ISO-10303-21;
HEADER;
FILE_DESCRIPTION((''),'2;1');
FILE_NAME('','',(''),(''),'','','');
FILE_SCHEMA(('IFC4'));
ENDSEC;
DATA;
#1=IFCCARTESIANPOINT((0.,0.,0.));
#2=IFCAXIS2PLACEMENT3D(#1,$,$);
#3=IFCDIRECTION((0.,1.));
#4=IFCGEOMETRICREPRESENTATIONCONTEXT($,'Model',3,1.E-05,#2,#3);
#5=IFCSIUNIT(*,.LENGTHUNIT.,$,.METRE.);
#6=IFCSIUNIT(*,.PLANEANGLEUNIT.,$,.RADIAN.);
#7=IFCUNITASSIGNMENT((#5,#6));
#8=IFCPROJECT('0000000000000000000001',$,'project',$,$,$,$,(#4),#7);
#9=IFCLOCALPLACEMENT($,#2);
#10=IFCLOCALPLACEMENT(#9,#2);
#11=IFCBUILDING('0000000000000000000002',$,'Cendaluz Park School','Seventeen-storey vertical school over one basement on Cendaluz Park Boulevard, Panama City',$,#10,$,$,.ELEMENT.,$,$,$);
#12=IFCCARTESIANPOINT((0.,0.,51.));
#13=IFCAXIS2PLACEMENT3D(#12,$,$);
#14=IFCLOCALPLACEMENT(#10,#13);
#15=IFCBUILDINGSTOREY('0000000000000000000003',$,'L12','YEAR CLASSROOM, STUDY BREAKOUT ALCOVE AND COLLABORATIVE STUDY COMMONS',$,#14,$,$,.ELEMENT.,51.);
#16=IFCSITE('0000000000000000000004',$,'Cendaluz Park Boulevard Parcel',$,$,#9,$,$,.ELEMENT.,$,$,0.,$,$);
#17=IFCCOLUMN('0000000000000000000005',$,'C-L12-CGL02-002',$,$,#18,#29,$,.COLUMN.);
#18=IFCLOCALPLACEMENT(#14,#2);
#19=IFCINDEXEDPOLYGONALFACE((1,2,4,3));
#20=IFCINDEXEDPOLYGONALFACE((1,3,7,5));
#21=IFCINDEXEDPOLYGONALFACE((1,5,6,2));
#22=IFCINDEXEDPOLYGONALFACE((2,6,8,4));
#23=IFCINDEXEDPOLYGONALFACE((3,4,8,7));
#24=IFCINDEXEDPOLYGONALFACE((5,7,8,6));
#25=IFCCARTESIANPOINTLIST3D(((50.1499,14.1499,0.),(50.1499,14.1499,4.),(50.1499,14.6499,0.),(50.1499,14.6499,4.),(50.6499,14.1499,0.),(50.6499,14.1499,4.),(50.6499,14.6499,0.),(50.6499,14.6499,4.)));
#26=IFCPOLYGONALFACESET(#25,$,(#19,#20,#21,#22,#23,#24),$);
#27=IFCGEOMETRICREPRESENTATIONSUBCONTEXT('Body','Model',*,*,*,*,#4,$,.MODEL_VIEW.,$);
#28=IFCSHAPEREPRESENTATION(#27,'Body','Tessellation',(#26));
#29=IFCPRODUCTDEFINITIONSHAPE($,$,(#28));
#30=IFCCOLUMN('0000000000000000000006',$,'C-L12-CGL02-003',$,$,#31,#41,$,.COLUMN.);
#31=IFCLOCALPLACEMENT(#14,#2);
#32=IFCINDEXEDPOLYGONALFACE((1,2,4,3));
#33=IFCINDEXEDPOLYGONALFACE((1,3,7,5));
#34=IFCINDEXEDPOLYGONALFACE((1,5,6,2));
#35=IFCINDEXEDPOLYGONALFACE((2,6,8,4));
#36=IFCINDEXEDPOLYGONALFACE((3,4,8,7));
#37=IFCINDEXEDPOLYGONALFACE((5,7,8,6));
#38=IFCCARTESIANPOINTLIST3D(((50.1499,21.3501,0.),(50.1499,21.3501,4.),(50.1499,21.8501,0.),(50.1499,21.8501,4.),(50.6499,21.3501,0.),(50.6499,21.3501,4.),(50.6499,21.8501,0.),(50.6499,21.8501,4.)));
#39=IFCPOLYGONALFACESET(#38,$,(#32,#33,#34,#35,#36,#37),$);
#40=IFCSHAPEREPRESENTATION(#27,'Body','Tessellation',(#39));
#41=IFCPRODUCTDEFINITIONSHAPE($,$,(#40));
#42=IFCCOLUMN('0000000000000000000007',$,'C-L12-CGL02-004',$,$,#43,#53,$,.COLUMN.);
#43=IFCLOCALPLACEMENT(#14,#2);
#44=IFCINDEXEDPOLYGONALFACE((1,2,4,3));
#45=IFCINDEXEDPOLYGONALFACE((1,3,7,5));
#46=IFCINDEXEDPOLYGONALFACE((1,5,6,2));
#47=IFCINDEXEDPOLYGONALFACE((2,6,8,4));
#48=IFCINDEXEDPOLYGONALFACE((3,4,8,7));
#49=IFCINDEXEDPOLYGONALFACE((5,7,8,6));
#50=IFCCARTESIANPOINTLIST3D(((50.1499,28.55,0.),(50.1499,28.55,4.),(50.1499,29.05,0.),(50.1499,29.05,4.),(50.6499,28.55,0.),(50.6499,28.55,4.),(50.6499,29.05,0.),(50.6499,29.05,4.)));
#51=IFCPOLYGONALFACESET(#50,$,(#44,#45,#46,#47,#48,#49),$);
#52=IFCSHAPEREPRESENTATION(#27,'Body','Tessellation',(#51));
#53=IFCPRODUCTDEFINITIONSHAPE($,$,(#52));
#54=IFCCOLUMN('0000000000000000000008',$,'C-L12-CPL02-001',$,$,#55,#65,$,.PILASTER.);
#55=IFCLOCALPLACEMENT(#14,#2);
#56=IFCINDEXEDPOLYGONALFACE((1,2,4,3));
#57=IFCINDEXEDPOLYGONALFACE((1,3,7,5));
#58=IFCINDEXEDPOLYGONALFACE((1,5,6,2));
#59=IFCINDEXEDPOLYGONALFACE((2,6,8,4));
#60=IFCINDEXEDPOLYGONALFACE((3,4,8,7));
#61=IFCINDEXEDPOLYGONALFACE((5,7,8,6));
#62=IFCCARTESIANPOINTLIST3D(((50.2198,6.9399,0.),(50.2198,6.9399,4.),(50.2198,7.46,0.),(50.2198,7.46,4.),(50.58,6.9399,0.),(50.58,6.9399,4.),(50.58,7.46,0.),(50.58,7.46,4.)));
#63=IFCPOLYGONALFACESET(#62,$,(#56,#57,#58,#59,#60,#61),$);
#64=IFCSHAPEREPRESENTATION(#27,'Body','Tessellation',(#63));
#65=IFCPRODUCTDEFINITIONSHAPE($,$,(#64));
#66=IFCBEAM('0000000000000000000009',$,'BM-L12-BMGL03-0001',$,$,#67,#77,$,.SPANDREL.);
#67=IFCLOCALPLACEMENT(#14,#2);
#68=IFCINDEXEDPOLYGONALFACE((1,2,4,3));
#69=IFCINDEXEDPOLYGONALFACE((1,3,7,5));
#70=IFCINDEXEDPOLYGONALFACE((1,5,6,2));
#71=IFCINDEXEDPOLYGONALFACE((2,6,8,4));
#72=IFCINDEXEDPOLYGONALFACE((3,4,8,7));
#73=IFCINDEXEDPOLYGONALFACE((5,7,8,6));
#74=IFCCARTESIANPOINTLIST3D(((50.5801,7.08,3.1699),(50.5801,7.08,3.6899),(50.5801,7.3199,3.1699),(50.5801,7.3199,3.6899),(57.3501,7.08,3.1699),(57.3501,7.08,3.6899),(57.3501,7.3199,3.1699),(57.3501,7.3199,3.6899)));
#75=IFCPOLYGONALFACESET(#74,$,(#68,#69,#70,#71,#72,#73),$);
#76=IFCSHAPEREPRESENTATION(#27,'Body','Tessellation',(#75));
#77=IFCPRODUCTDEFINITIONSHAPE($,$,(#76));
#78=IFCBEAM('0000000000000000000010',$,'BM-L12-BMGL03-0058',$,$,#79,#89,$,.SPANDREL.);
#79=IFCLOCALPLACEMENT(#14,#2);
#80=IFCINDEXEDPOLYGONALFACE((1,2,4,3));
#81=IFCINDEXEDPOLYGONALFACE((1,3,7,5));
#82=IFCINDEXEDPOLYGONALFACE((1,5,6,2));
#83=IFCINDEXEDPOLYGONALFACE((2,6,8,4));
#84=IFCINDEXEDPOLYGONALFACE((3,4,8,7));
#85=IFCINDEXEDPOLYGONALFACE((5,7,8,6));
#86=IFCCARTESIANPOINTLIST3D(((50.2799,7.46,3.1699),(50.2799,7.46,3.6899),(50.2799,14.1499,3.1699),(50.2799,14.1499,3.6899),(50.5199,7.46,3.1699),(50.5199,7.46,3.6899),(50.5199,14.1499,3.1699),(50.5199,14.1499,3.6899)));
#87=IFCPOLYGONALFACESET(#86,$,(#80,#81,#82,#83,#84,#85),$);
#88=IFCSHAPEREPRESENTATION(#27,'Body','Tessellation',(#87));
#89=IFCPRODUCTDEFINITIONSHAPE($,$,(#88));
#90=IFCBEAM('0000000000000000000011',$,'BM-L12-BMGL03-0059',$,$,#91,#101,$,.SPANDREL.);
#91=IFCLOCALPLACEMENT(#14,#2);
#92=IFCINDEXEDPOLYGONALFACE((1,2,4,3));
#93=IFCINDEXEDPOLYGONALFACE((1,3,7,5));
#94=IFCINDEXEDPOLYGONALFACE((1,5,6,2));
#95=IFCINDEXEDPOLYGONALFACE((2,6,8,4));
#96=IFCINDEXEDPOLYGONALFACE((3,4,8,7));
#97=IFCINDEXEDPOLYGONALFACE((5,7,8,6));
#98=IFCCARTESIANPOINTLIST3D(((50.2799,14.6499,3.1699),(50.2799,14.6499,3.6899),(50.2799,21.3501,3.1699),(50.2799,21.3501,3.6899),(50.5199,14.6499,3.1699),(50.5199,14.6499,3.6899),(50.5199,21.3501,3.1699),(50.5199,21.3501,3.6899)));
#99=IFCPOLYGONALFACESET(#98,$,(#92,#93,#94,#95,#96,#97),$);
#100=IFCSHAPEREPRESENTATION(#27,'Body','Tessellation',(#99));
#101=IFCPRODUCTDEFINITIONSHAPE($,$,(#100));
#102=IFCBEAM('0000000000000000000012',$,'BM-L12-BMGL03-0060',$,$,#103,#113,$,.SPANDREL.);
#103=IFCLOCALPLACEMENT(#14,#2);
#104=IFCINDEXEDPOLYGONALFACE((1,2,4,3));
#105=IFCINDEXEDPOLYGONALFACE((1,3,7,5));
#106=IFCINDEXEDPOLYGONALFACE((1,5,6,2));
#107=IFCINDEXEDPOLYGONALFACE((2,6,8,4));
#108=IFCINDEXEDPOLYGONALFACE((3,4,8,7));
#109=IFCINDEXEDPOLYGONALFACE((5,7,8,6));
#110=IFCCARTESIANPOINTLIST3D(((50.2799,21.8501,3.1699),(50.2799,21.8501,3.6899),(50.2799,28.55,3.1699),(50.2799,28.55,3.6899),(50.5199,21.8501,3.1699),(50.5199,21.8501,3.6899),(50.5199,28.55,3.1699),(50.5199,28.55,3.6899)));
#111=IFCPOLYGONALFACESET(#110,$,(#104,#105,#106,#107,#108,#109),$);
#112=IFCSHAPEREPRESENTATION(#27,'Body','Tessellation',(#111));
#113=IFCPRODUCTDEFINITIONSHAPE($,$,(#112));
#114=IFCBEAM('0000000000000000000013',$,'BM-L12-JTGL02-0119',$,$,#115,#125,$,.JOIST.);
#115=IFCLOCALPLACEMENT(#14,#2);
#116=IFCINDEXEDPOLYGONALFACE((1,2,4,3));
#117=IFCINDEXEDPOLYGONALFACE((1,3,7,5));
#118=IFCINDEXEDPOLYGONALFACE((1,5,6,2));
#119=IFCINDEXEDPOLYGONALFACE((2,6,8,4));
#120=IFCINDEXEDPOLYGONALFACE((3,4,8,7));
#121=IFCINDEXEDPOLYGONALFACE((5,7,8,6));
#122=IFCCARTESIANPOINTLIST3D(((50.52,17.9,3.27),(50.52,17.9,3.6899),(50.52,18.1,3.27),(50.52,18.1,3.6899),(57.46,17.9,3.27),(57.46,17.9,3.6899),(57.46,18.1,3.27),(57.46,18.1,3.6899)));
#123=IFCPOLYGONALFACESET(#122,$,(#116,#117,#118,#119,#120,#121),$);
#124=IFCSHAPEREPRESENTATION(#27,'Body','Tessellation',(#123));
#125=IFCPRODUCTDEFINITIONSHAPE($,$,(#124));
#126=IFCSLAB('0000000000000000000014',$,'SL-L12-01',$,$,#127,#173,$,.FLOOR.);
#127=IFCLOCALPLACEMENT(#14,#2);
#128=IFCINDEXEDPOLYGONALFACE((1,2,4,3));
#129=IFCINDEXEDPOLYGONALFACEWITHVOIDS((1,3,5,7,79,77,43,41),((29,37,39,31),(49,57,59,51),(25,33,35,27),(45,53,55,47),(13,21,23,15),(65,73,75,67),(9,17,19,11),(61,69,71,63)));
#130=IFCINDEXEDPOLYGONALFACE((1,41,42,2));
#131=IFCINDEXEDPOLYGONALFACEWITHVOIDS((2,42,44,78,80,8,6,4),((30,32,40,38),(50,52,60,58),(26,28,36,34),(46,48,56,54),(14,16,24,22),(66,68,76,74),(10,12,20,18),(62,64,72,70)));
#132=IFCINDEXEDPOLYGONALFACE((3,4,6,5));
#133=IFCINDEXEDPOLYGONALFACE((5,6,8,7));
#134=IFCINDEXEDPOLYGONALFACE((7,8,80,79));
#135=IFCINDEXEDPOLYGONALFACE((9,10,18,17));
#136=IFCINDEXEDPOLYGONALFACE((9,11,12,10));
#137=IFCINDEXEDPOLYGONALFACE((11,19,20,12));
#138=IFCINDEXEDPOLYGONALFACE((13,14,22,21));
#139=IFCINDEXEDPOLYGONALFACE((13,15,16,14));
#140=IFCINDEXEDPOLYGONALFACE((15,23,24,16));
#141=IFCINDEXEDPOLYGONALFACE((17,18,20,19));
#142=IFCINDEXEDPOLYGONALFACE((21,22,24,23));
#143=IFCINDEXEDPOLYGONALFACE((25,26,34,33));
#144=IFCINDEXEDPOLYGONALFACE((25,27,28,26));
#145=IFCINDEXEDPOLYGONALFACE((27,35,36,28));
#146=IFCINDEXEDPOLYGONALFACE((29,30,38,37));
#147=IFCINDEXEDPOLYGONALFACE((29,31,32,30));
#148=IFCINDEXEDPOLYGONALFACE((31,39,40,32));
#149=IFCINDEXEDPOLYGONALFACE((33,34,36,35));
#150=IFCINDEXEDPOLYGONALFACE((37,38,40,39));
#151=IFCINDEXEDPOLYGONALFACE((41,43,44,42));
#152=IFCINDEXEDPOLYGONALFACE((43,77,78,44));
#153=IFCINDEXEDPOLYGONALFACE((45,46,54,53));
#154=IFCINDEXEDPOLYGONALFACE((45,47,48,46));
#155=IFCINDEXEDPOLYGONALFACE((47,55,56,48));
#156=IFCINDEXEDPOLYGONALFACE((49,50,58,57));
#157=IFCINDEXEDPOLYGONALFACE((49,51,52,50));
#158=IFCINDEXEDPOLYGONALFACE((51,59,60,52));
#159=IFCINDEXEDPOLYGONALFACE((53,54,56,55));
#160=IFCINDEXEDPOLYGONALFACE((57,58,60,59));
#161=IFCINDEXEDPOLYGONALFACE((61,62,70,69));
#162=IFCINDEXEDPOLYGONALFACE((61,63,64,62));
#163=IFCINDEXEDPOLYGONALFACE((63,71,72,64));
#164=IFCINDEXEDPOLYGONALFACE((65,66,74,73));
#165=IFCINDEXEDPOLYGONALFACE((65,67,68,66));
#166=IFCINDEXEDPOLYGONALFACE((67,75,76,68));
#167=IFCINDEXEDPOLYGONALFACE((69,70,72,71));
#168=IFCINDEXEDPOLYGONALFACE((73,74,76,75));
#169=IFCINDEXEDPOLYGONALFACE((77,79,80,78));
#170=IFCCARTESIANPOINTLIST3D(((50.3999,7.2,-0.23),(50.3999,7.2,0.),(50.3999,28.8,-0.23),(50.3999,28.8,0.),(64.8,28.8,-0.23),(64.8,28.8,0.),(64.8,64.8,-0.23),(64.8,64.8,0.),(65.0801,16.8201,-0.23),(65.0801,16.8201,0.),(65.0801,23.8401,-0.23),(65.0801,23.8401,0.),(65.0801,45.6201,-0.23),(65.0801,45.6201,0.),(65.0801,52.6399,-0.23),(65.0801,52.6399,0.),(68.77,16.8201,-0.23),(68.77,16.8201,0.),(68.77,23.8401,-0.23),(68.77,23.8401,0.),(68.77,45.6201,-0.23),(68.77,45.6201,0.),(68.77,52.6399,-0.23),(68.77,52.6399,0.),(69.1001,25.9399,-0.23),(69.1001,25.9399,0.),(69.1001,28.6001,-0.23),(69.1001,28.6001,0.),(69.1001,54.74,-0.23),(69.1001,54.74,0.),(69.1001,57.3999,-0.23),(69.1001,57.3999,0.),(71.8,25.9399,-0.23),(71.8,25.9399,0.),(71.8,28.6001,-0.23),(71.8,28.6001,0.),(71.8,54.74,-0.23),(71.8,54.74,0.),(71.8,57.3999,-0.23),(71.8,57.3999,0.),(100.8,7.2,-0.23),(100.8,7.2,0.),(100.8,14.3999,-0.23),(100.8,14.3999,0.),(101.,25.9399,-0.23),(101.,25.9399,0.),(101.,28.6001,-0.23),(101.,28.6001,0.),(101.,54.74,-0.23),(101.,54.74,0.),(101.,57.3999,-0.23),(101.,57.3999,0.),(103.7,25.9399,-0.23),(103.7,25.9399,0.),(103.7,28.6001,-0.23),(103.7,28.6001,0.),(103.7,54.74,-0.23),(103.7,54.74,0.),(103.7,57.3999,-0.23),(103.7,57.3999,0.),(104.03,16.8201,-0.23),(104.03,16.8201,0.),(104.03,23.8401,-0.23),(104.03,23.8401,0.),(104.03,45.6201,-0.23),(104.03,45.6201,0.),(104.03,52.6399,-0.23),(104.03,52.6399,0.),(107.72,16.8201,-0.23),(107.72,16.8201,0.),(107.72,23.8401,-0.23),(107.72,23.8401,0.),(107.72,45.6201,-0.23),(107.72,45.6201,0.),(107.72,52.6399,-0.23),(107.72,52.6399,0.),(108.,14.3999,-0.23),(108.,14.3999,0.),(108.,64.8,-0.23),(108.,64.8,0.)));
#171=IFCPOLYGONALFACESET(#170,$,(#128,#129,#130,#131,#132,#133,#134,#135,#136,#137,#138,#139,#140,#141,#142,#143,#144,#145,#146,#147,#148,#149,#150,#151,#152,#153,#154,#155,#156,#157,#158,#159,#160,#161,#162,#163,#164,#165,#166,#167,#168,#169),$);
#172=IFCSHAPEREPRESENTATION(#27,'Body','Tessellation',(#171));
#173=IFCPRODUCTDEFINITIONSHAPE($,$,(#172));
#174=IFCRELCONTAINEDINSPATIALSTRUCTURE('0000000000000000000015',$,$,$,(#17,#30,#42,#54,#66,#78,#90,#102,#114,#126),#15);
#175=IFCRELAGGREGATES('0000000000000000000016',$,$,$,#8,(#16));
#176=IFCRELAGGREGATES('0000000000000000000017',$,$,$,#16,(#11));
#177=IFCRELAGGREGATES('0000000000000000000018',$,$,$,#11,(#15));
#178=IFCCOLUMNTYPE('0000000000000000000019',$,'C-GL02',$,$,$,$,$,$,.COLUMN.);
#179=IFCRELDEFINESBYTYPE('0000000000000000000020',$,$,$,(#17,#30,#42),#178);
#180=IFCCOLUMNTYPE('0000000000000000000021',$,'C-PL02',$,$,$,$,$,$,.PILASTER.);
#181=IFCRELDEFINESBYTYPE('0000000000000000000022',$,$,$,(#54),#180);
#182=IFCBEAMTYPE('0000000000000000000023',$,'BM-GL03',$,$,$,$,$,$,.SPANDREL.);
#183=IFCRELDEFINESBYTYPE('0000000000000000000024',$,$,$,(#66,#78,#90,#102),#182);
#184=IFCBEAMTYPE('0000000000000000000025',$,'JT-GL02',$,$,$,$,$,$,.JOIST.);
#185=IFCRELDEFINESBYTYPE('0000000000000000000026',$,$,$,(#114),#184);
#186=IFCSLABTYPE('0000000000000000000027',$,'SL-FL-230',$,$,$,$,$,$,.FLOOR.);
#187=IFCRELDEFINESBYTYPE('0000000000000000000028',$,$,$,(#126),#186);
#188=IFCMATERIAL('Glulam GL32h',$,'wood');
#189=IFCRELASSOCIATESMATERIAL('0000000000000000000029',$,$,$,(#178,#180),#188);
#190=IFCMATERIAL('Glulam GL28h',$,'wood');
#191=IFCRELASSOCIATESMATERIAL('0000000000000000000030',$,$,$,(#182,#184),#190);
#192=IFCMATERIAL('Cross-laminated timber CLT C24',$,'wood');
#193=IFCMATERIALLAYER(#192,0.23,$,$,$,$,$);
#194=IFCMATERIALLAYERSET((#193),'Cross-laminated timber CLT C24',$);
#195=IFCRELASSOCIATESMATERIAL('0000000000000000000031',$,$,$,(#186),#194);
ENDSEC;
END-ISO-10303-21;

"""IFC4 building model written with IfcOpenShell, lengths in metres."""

from ifc_helpers import new_model, si_unit, direction, frame, origin, origin_2d, place, context, subcontext, project, spatial, polyline, rectangle, outline, extrude, material, layer, layer_set, material_profile, profile_set, type_object, element, save


model = new_model("IFC4")

# Units and contexts
model_context = context("Model", 3, precision=1e-05, world=origin(), true_north=direction((0.0, 1.0)))
body_context = subcontext(model_context, "Body", "Model", "MODEL_VIEW")
ifc_project = project(units=[si_unit("LENGTHUNIT", "METRE"), si_unit("PLANEANGLEUNIT", "RADIAN")], contexts=[model_context])

# Site, building, storey
site_placement = place(None, origin())
site = spatial("IfcSite", under=ifc_project, at=site_placement, Name="Cendaluz Park Boulevard Parcel", CompositionType="ELEMENT", RefElevation=0.0)
building_placement = place(site_placement, origin())
building = spatial("IfcBuilding", under=site, at=building_placement, Name="Cendaluz Park School", Description="Seventeen-storey vertical school over one basement on Cendaluz Park Boulevard, Panama City", CompositionType="ELEMENT")
storey_placement = place(building_placement, frame((0.0, 0.0, 51.0)))
storey = spatial("IfcBuildingStorey", under=building, at=storey_placement, Name="L12", Description="YEAR CLASSROOM, STUDY BREAKOUT ALCOVE AND COLLABORATIVE STUDY COMMONS", CompositionType="ELEMENT", Elevation=51.0)

# Columns
ifc_material_1 = material(Name="Glulam GL32h", Category="wood")
ifc_material_profile_1 = material_profile(ifc_material_1, rectangle(XDim=0.5, YDim=0.5, at=origin_2d()), Name="GL32h 500x500", Category="wood")
ifc_profile_set_1 = profile_set([ifc_material_profile_1], Name="Glulam GL32h")
column_type_1 = type_object("IfcColumnType", Name="C-GL02", PredefinedType="COLUMN", material=ifc_profile_set_1)
for number, where, z_axis, x_axis, name in (
    (1, (50.3999, 14.3999, 0.0), (0.0, 0.0, 1.0), (1.0, 0.0, 0.0), "C-L12-CGL02-002"),
    (2, (50.3999, 21.6001, 0.0), (0.0, 0.0, 1.0), (1.0, 0.0, 0.0), "C-L12-CGL02-003"),
    (3, (50.3999, 28.8, 0.0), (0.0, 0.0, 1.0), (1.0, 0.0, 0.0), "C-L12-CGL02-004"),
):
    element("IfcColumn", number, at=place(storey_placement, frame(where, z_axis=z_axis, x_axis=x_axis)), inside=storey, type_object=column_type_1, Name=name, PredefinedType="COLUMN", context=body_context, shape_type="SweptSolid", body=[
        extrude(rectangle(XDim=0.5, YDim=0.5, at=origin_2d()), origin(), (0.0, 0.0, 1.0), 4.0),
    ])
ifc_material_profile_2 = material_profile(ifc_material_1, rectangle(XDim=0.3601, YDim=0.52, at=origin_2d()), Name="GL32h 360x520", Category="wood")
ifc_profile_set_2 = profile_set([ifc_material_profile_2], Name="Glulam GL32h")
column_type_2 = type_object("IfcColumnType", Name="C-PL02", PredefinedType="PILASTER", material=ifc_profile_set_2)
column_placement = place(storey_placement, frame((50.3999, 7.2, 0.0), z_axis=(0.0, 0.0, 1.0), x_axis=(1.0, 0.0, 0.0)))
element("IfcColumn", 4, at=column_placement, inside=storey, type_object=column_type_2, Name="C-L12-CPL02-001", PredefinedType="PILASTER", context=body_context, shape_type="SweptSolid", body=[
    extrude(rectangle(XDim=0.3601, YDim=0.52, at=origin_2d()), origin(), (0.0, 0.0, 1.0), 4.0),
])

# Beams
ifc_material_2 = material(Name="Glulam GL28h", Category="wood")
ifc_material_profile_3 = material_profile(ifc_material_2, rectangle(XDim=0.24, YDim=0.52, at=origin_2d()), Name="GL28h 240x520", Category="wood")
ifc_profile_set_3 = profile_set([ifc_material_profile_3], Name="Glulam GL28h")
beam_type_1 = type_object("IfcBeamType", Name="BM-GL03", PredefinedType="SPANDREL", material=ifc_profile_set_3)
beam_1_placement = place(storey_placement, frame((50.5801, 7.2, 3.4299), z_axis=(1.0, 0.0, 0.0), x_axis=(0.0, 1.0, 0.0)))
element("IfcBeam", 5, at=beam_1_placement, inside=storey, type_object=beam_type_1, Name="BM-L12-BMGL03-0001", PredefinedType="SPANDREL", context=body_context, shape_type="SweptSolid", body=[
    extrude(rectangle(XDim=0.24, YDim=0.52, at=origin_2d()), origin(), (0.0, 0.0, 1.0), 6.77),
])
beam_2_placement = place(storey_placement, frame((50.3999, 7.46, 3.4299), z_axis=(0.0, 1.0, 0.0), x_axis=(-1.0, 0.0, 0.0)))
element("IfcBeam", 6, at=beam_2_placement, inside=storey, type_object=beam_type_1, Name="BM-L12-BMGL03-0058", PredefinedType="SPANDREL", context=body_context, shape_type="SweptSolid", body=[
    extrude(rectangle(XDim=0.24, YDim=0.52, at=origin_2d()), origin(), (0.0, 0.0, 1.0), 6.6899),
])
beam_3_placement = place(storey_placement, frame((50.3999, 14.6499, 3.4299), z_axis=(0.0, 1.0, 0.0), x_axis=(-1.0, 0.0, 0.0)))
element("IfcBeam", 7, at=beam_3_placement, inside=storey, type_object=beam_type_1, Name="BM-L12-BMGL03-0059", PredefinedType="SPANDREL", context=body_context, shape_type="SweptSolid", body=[
    extrude(rectangle(XDim=0.24, YDim=0.52, at=origin_2d()), origin(), (0.0, 0.0, 1.0), 6.7002),
])
beam_4_placement = place(storey_placement, frame((50.3999, 21.8501, 3.4299), z_axis=(0.0, 1.0, 0.0), x_axis=(-1.0, 0.0, 0.0)))
element("IfcBeam", 8, at=beam_4_placement, inside=storey, type_object=beam_type_1, Name="BM-L12-BMGL03-0060", PredefinedType="SPANDREL", context=body_context, shape_type="SweptSolid", body=[
    extrude(rectangle(XDim=0.24, YDim=0.52, at=origin_2d()), origin(), (0.0, 0.0, 1.0), 6.7),
])
ifc_material_profile_4 = material_profile(ifc_material_2, rectangle(XDim=0.2, YDim=0.4199, at=origin_2d()), Name="GL28h 200x420", Category="wood")
ifc_profile_set_4 = profile_set([ifc_material_profile_4], Name="Glulam GL28h")
beam_type_2 = type_object("IfcBeamType", Name="JT-GL02", PredefinedType="JOIST", material=ifc_profile_set_4)
beam_5_placement = place(storey_placement, frame((50.52, 18.0, 3.48), z_axis=(1.0, 0.0, 0.0), x_axis=(0.0, 1.0, 0.0)))
element("IfcBeam", 9, at=beam_5_placement, inside=storey, type_object=beam_type_2, Name="BM-L12-JTGL02-0119", PredefinedType="JOIST", context=body_context, shape_type="SweptSolid", body=[
    extrude(rectangle(XDim=0.2, YDim=0.4199, at=origin_2d()), origin(), (0.0, 0.0, 1.0), 6.9399),
])

# Slab
ifc_material_3 = material(Name="Cross-laminated timber CLT C24", Category="wood")
ifc_layer_1 = layer(ifc_material_3, 0.23)
ifc_layer_set_1 = layer_set([ifc_layer_1], Name="Cross-laminated timber CLT C24")
slab_type_1 = type_object("IfcSlabType", Name="SL-FL-230", PredefinedType="FLOOR", material=ifc_layer_set_1)
slab_1_placement = place(storey_placement, frame((0.0, 0.0, -0.23)))
element("IfcSlab", 10, at=slab_1_placement, inside=storey, type_object=slab_type_1, Name="SL-L12-01", PredefinedType="FLOOR", context=body_context, shape_type="SweptSolid", body=[
    extrude(outline(polyline([(64.8, 64.8), (108.0, 64.8), (108.0, 14.3999), (100.8, 14.3999), (100.8, 7.2), (50.3999, 7.2), (50.3999, 28.8), (64.8, 28.8), (64.8, 64.8)]), holes=[polyline([(68.77, 16.8201), (68.77, 23.8401), (65.0801, 23.8401), (65.0801, 16.8201), (68.77, 16.8201)]), polyline([(69.1001, 25.9399), (71.8, 25.9399), (71.8, 28.6001), (69.1001, 28.6001), (69.1001, 25.9399)]), polyline([(104.03, 23.8401), (104.03, 16.8201), (107.72, 16.8201), (107.72, 23.8401), (104.03, 23.8401)]), polyline([(103.7, 28.6001), (101.0, 28.6001), (101.0, 25.9399), (103.7, 25.9399), (103.7, 28.6001)]), polyline([(68.77, 45.6201), (68.77, 52.6399), (65.0801, 52.6399), (65.0801, 45.6201), (68.77, 45.6201)]), polyline([(69.1001, 54.74), (71.8, 54.74), (71.8, 57.3999), (69.1001, 57.3999), (69.1001, 54.74)]), polyline([(104.03, 52.6399), (104.03, 45.6201), (107.72, 45.6201), (107.72, 52.6399), (104.03, 52.6399)]), polyline([(103.7, 57.3999), (101.0, 57.3999), (101.0, 54.74), (103.7, 54.74), (103.7, 57.3999)])]), origin(), (0.0, 0.0, 1.0), 0.23),
])

save(model, "model.ifc")
